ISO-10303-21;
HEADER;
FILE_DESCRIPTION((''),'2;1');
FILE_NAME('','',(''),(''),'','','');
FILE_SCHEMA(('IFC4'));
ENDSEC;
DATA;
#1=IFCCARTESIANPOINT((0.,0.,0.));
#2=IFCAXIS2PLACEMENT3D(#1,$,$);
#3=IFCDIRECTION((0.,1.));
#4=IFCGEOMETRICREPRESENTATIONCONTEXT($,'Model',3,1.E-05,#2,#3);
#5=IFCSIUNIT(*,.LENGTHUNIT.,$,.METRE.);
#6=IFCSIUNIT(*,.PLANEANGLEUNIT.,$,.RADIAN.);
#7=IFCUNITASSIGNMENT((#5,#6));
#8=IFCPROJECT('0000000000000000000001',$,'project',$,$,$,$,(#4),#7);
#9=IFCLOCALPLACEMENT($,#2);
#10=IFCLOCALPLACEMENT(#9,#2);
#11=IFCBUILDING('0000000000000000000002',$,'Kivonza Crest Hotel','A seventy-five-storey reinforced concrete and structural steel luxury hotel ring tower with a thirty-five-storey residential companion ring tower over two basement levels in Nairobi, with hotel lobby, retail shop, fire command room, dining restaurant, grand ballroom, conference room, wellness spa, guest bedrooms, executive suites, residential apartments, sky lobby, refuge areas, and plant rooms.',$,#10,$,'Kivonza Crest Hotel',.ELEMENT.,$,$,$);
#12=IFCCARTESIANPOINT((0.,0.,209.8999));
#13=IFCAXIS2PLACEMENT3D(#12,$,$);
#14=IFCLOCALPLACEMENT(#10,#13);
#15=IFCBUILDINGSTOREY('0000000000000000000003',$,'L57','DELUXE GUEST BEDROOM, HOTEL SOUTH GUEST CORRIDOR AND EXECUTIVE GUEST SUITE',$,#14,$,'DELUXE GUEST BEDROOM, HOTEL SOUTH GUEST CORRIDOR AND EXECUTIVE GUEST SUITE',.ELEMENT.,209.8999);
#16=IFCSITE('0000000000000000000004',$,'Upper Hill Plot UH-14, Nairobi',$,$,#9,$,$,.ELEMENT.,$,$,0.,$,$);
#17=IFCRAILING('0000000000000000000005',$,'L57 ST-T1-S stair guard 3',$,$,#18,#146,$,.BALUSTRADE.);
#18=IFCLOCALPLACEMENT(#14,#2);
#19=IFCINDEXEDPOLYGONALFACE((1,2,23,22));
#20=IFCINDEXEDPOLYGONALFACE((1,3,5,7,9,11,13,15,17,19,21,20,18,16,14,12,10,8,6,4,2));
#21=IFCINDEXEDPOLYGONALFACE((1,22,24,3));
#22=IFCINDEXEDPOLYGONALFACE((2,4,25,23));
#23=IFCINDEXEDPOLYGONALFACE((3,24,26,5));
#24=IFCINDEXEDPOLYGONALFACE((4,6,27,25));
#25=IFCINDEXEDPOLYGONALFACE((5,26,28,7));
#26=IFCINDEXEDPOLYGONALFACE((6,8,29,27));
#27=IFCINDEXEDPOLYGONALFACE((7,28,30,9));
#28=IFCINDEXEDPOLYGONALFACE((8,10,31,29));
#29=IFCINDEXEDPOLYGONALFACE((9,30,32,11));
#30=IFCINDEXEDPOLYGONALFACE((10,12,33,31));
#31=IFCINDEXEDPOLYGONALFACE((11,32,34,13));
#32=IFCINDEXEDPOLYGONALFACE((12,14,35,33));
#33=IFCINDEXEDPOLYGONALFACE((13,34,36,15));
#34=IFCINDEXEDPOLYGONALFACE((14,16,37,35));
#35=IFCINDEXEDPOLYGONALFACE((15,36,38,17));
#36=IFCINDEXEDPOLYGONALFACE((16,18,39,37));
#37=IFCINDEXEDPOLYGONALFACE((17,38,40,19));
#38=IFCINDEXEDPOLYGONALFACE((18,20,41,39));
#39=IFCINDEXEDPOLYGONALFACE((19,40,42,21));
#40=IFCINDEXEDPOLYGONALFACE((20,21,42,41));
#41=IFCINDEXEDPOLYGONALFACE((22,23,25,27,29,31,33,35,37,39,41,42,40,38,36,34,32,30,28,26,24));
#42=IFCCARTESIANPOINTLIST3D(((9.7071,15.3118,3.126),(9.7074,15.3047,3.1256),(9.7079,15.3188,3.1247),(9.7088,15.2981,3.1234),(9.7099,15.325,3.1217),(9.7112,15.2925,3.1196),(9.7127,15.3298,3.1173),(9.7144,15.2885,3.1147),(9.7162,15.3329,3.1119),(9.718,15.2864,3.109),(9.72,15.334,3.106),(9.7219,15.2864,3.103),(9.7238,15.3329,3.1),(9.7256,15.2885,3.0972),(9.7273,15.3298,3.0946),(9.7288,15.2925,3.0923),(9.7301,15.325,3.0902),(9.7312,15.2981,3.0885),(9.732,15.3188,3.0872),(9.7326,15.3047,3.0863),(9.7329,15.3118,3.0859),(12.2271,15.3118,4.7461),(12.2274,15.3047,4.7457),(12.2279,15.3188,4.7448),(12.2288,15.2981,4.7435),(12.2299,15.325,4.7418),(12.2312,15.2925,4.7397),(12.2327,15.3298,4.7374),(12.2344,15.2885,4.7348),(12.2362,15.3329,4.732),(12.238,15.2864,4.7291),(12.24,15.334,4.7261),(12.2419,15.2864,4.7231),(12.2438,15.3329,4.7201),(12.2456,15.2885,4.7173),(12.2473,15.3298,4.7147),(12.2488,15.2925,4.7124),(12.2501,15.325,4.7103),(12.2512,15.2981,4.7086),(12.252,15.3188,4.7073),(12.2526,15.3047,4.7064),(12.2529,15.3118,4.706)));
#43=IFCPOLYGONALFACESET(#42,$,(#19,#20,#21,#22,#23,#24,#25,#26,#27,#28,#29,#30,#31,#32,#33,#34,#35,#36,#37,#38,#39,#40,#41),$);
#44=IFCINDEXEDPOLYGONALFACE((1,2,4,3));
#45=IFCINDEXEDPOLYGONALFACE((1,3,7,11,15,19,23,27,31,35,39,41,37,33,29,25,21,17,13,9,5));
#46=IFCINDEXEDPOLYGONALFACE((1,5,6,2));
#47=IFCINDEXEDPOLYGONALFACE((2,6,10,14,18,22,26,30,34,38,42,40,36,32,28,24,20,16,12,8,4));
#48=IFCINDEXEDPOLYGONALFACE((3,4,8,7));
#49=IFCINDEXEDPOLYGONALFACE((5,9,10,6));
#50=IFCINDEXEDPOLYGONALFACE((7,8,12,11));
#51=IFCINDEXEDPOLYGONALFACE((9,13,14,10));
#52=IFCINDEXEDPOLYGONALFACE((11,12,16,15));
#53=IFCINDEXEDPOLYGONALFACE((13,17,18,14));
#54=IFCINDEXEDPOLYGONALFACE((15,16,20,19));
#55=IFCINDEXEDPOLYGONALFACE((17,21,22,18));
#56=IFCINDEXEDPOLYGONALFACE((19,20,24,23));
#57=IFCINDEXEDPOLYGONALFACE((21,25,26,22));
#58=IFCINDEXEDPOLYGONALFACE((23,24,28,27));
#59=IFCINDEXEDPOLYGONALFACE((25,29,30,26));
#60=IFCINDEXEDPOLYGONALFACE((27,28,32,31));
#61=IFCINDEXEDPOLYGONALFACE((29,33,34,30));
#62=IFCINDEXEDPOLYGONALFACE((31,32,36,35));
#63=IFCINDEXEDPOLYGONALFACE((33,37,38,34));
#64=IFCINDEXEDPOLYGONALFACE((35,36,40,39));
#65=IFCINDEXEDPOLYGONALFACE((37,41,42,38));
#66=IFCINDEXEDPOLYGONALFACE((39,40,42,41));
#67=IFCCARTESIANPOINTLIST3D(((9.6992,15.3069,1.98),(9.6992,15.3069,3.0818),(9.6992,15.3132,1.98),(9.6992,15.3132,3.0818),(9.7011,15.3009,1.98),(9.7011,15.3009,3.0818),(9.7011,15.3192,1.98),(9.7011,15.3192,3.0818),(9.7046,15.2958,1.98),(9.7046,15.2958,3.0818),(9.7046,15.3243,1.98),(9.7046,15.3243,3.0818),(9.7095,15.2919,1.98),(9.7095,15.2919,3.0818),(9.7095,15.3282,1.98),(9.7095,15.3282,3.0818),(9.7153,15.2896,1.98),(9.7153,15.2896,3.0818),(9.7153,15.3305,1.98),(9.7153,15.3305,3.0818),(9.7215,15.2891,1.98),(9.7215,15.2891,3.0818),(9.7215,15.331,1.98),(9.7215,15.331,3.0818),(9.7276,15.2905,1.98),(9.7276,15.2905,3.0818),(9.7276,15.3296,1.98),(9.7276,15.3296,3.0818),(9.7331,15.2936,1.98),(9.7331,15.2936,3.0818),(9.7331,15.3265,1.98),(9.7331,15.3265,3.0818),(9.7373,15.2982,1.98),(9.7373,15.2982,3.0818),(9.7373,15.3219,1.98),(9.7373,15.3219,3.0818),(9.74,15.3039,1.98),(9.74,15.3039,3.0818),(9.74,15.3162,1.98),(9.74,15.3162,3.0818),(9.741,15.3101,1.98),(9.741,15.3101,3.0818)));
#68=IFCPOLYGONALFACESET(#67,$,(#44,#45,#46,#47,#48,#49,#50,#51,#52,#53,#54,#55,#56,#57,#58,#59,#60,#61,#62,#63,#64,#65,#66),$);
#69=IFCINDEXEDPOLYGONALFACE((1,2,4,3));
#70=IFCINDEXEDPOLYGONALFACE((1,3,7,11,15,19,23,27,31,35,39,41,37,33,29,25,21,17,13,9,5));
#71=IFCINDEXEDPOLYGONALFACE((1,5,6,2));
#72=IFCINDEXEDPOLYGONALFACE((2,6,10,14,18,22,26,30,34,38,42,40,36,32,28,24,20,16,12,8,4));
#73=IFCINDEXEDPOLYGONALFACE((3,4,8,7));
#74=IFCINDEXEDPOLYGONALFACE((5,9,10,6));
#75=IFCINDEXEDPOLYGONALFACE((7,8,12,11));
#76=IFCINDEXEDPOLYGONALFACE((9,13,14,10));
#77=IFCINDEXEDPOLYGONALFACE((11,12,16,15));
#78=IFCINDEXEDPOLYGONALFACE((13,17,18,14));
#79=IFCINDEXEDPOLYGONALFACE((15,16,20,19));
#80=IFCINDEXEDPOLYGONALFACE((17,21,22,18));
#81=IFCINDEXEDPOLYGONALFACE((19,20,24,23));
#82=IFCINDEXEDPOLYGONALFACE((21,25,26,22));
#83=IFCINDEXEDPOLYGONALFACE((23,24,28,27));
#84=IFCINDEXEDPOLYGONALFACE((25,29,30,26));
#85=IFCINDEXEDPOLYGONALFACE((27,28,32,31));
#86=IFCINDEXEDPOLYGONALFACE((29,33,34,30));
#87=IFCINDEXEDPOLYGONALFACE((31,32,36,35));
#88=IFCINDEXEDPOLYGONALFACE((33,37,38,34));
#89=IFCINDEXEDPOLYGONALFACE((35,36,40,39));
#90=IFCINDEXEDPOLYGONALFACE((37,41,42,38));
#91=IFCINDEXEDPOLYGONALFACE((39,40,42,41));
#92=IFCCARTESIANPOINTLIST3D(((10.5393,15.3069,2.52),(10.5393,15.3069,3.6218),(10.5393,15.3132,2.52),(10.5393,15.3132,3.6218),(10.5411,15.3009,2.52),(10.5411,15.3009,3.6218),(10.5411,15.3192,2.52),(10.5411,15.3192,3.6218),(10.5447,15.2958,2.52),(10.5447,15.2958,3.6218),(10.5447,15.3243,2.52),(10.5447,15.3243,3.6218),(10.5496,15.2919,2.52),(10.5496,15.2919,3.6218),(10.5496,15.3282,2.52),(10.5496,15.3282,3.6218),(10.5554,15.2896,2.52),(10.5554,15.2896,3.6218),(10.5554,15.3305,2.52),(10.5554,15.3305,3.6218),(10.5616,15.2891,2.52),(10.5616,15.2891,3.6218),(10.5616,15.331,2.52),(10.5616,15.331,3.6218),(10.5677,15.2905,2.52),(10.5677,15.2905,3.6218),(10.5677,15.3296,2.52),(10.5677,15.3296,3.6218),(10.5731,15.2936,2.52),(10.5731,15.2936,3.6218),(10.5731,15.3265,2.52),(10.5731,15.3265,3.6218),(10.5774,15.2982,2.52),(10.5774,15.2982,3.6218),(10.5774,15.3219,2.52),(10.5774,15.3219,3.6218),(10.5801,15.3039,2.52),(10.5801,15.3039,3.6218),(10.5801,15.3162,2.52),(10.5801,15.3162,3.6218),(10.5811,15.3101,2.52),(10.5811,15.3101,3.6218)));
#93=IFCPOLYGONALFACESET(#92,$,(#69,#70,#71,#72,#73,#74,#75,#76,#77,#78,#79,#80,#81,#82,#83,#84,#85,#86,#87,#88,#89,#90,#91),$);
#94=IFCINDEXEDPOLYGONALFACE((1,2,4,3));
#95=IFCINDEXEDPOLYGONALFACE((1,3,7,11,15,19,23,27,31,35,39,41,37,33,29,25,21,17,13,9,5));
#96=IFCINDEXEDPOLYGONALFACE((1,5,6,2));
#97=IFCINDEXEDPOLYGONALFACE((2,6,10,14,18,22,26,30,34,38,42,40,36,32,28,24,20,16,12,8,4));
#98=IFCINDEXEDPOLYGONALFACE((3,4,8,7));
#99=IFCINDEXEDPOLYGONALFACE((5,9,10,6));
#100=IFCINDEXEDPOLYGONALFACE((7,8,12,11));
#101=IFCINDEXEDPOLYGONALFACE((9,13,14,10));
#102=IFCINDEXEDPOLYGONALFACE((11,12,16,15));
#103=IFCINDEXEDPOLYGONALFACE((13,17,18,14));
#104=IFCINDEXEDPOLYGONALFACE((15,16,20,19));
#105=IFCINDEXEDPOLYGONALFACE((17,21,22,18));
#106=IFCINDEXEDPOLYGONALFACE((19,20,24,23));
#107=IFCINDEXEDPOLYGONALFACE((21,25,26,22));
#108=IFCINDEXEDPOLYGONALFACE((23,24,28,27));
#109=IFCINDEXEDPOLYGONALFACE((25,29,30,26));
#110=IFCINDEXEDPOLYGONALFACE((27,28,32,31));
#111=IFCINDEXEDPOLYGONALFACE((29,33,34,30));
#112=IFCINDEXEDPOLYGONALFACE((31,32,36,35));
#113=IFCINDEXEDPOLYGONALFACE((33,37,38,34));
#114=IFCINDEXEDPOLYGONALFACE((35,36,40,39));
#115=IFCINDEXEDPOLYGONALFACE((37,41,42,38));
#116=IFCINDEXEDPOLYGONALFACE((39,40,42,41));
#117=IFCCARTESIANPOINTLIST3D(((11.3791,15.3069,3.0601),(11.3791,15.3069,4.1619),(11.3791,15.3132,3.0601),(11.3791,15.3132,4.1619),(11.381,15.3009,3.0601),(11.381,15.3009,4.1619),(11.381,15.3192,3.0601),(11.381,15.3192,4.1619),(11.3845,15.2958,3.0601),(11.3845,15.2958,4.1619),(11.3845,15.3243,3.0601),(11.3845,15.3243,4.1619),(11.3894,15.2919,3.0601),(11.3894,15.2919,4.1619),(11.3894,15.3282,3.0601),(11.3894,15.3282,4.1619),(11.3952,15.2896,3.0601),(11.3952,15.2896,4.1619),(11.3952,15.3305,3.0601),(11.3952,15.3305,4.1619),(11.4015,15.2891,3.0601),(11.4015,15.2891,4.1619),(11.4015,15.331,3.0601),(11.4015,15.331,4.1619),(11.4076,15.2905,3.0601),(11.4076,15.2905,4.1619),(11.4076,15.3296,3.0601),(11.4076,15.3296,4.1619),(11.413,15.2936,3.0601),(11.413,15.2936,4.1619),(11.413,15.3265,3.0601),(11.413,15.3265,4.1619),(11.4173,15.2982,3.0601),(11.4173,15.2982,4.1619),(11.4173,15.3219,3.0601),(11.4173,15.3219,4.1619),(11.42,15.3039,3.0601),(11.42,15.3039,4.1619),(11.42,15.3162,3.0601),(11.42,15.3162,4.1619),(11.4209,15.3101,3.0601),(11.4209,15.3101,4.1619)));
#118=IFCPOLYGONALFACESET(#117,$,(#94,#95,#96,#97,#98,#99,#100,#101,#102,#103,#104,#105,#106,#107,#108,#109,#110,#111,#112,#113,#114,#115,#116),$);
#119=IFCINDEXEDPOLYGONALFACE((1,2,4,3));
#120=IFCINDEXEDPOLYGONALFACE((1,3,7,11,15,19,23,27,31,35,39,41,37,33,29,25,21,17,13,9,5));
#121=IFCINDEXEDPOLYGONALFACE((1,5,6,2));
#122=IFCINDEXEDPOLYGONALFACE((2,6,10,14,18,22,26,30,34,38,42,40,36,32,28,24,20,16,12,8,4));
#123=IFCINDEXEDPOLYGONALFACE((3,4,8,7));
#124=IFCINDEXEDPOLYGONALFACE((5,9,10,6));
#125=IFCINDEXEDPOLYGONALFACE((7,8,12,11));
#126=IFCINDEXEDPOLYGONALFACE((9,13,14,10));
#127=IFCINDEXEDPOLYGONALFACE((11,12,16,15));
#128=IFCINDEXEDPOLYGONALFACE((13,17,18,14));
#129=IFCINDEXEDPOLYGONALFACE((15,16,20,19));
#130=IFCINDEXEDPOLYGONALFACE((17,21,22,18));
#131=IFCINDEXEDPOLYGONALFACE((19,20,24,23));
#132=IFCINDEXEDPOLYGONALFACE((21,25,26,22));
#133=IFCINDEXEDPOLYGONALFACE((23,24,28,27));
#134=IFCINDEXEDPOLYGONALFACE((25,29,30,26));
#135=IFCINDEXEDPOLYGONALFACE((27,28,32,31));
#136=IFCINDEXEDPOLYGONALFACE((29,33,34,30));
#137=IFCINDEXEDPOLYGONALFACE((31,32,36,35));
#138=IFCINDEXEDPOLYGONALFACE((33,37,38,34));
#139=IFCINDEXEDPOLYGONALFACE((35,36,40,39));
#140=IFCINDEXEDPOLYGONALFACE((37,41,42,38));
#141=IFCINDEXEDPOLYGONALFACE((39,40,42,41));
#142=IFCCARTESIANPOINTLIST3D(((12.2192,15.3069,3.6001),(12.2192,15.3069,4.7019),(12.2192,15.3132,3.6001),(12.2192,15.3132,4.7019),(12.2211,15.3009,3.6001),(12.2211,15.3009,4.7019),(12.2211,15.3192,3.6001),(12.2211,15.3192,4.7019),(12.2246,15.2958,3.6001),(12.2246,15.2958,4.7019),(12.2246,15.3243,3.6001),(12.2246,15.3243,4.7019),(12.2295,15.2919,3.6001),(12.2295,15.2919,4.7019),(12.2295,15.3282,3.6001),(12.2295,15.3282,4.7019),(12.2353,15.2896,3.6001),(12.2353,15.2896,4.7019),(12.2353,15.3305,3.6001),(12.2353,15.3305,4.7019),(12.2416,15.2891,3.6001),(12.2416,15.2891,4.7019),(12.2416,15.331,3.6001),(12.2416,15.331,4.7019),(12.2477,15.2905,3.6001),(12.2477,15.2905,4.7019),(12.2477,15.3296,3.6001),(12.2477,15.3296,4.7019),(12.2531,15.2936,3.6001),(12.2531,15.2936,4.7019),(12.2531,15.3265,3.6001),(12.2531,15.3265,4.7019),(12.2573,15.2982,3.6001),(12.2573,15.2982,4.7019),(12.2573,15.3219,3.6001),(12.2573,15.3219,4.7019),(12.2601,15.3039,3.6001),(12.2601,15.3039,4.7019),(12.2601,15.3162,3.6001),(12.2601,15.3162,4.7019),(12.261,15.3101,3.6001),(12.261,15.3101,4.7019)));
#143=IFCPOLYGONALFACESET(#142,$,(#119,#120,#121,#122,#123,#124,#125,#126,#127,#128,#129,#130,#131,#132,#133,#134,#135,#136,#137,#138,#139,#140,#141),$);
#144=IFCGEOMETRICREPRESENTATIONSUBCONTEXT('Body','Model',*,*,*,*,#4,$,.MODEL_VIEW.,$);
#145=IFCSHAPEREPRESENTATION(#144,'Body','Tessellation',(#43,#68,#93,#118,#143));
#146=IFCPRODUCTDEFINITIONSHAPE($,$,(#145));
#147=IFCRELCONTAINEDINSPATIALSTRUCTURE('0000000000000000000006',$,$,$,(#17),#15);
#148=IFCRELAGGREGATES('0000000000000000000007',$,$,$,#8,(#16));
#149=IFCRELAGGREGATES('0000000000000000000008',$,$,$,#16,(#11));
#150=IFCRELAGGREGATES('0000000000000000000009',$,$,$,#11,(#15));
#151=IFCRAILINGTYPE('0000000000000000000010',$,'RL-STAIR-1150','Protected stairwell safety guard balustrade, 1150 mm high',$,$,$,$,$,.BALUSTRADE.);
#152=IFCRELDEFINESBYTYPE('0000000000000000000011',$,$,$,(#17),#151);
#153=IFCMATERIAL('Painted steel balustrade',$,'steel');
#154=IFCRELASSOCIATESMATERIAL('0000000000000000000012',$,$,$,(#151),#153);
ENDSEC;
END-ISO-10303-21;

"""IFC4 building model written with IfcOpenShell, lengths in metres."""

from ifc_helpers import new_model, si_unit, direction, frame, origin, origin_2d, place, context, subcontext, project, spatial, circle, extrude, material, type_object, element, save


model = new_model("IFC4")

# Units and contexts
model_context = context("Model", 3, precision=1e-05, world=origin(), true_north=direction((0.0, 1.0)))
body_context = subcontext(model_context, "Body", "Model", "MODEL_VIEW")
ifc_project = project(units=[si_unit("LENGTHUNIT", "METRE"), si_unit("PLANEANGLEUNIT", "RADIAN")], contexts=[model_context])

# Site, building, storey
site_placement = place(None, origin())
site = spatial("IfcSite", under=ifc_project, at=site_placement, Name="Upper Hill Plot UH-14, Nairobi", CompositionType="ELEMENT", RefElevation=0.0)
building_placement = place(site_placement, origin())
building = spatial("IfcBuilding", under=site, at=building_placement, Name="Kivonza Crest Hotel", Description="A seventy-five-storey reinforced concrete and structural steel luxury hotel ring tower with a thirty-five-storey residential companion ring tower over two basement levels in Nairobi, with hotel lobby, retail shop, fire command room, dining restaurant, grand ballroom, conference room, wellness spa, guest bedrooms, executive suites, residential apartments, sky lobby, refuge areas, and plant rooms.", LongName="Kivonza Crest Hotel", CompositionType="ELEMENT")
storey_placement = place(building_placement, frame((0.0, 0.0, 209.8999)))
storey = spatial("IfcBuildingStorey", under=building, at=storey_placement, Name="L57", Description="DELUXE GUEST BEDROOM, HOTEL SOUTH GUEST CORRIDOR AND EXECUTIVE GUEST SUITE", LongName="DELUXE GUEST BEDROOM, HOTEL SOUTH GUEST CORRIDOR AND EXECUTIVE GUEST SUITE", CompositionType="ELEMENT", Elevation=209.8999)

# Railing
ifc_material_1 = material(Name="Painted steel balustrade", Category="steel")
railing_type_1 = type_object("IfcRailingType", Name="RL-STAIR-1150", Description="Protected stairwell safety guard balustrade, 1150 mm high", PredefinedType="BALUSTRADE", material=ifc_material_1)
railing_1_placement = place(storey_placement, frame((9.72, 15.3101, 1.98)))
element("IfcRailing", 1, at=railing_1_placement, inside=storey, type_object=railing_type_1, Name="L57 ST-T1-S stair guard 3", PredefinedType="BALUSTRADE", context=body_context, shape_type="SweptSolid", body=[
    extrude(circle(Radius=0.0239, at=origin_2d()), frame((0.0, 0.0, 1.126), z_axis=(0.841163, 0.0, 0.540782), x_axis=(0.0, 1.0, 0.0)), (0.0, 0.0, 1.0), 2.9958),
    extrude(circle(Radius=0.021, at=origin_2d()), origin(), (0.0, 0.0, 1.0), 1.1018),
    extrude(circle(Radius=0.021, at=origin_2d()), frame((0.8401, 0.0, 0.54)), (0.0, 0.0, 1.0), 1.1018),
    extrude(circle(Radius=0.021, at=origin_2d()), frame((1.6799, 0.0, 1.0801)), (0.0, 0.0, 1.0), 1.1018),
    extrude(circle(Radius=0.021, at=origin_2d()), frame((2.52, 0.0, 1.6201)), (0.0, 0.0, 1.0), 1.1018),
])

save(model, "model.ifc")
